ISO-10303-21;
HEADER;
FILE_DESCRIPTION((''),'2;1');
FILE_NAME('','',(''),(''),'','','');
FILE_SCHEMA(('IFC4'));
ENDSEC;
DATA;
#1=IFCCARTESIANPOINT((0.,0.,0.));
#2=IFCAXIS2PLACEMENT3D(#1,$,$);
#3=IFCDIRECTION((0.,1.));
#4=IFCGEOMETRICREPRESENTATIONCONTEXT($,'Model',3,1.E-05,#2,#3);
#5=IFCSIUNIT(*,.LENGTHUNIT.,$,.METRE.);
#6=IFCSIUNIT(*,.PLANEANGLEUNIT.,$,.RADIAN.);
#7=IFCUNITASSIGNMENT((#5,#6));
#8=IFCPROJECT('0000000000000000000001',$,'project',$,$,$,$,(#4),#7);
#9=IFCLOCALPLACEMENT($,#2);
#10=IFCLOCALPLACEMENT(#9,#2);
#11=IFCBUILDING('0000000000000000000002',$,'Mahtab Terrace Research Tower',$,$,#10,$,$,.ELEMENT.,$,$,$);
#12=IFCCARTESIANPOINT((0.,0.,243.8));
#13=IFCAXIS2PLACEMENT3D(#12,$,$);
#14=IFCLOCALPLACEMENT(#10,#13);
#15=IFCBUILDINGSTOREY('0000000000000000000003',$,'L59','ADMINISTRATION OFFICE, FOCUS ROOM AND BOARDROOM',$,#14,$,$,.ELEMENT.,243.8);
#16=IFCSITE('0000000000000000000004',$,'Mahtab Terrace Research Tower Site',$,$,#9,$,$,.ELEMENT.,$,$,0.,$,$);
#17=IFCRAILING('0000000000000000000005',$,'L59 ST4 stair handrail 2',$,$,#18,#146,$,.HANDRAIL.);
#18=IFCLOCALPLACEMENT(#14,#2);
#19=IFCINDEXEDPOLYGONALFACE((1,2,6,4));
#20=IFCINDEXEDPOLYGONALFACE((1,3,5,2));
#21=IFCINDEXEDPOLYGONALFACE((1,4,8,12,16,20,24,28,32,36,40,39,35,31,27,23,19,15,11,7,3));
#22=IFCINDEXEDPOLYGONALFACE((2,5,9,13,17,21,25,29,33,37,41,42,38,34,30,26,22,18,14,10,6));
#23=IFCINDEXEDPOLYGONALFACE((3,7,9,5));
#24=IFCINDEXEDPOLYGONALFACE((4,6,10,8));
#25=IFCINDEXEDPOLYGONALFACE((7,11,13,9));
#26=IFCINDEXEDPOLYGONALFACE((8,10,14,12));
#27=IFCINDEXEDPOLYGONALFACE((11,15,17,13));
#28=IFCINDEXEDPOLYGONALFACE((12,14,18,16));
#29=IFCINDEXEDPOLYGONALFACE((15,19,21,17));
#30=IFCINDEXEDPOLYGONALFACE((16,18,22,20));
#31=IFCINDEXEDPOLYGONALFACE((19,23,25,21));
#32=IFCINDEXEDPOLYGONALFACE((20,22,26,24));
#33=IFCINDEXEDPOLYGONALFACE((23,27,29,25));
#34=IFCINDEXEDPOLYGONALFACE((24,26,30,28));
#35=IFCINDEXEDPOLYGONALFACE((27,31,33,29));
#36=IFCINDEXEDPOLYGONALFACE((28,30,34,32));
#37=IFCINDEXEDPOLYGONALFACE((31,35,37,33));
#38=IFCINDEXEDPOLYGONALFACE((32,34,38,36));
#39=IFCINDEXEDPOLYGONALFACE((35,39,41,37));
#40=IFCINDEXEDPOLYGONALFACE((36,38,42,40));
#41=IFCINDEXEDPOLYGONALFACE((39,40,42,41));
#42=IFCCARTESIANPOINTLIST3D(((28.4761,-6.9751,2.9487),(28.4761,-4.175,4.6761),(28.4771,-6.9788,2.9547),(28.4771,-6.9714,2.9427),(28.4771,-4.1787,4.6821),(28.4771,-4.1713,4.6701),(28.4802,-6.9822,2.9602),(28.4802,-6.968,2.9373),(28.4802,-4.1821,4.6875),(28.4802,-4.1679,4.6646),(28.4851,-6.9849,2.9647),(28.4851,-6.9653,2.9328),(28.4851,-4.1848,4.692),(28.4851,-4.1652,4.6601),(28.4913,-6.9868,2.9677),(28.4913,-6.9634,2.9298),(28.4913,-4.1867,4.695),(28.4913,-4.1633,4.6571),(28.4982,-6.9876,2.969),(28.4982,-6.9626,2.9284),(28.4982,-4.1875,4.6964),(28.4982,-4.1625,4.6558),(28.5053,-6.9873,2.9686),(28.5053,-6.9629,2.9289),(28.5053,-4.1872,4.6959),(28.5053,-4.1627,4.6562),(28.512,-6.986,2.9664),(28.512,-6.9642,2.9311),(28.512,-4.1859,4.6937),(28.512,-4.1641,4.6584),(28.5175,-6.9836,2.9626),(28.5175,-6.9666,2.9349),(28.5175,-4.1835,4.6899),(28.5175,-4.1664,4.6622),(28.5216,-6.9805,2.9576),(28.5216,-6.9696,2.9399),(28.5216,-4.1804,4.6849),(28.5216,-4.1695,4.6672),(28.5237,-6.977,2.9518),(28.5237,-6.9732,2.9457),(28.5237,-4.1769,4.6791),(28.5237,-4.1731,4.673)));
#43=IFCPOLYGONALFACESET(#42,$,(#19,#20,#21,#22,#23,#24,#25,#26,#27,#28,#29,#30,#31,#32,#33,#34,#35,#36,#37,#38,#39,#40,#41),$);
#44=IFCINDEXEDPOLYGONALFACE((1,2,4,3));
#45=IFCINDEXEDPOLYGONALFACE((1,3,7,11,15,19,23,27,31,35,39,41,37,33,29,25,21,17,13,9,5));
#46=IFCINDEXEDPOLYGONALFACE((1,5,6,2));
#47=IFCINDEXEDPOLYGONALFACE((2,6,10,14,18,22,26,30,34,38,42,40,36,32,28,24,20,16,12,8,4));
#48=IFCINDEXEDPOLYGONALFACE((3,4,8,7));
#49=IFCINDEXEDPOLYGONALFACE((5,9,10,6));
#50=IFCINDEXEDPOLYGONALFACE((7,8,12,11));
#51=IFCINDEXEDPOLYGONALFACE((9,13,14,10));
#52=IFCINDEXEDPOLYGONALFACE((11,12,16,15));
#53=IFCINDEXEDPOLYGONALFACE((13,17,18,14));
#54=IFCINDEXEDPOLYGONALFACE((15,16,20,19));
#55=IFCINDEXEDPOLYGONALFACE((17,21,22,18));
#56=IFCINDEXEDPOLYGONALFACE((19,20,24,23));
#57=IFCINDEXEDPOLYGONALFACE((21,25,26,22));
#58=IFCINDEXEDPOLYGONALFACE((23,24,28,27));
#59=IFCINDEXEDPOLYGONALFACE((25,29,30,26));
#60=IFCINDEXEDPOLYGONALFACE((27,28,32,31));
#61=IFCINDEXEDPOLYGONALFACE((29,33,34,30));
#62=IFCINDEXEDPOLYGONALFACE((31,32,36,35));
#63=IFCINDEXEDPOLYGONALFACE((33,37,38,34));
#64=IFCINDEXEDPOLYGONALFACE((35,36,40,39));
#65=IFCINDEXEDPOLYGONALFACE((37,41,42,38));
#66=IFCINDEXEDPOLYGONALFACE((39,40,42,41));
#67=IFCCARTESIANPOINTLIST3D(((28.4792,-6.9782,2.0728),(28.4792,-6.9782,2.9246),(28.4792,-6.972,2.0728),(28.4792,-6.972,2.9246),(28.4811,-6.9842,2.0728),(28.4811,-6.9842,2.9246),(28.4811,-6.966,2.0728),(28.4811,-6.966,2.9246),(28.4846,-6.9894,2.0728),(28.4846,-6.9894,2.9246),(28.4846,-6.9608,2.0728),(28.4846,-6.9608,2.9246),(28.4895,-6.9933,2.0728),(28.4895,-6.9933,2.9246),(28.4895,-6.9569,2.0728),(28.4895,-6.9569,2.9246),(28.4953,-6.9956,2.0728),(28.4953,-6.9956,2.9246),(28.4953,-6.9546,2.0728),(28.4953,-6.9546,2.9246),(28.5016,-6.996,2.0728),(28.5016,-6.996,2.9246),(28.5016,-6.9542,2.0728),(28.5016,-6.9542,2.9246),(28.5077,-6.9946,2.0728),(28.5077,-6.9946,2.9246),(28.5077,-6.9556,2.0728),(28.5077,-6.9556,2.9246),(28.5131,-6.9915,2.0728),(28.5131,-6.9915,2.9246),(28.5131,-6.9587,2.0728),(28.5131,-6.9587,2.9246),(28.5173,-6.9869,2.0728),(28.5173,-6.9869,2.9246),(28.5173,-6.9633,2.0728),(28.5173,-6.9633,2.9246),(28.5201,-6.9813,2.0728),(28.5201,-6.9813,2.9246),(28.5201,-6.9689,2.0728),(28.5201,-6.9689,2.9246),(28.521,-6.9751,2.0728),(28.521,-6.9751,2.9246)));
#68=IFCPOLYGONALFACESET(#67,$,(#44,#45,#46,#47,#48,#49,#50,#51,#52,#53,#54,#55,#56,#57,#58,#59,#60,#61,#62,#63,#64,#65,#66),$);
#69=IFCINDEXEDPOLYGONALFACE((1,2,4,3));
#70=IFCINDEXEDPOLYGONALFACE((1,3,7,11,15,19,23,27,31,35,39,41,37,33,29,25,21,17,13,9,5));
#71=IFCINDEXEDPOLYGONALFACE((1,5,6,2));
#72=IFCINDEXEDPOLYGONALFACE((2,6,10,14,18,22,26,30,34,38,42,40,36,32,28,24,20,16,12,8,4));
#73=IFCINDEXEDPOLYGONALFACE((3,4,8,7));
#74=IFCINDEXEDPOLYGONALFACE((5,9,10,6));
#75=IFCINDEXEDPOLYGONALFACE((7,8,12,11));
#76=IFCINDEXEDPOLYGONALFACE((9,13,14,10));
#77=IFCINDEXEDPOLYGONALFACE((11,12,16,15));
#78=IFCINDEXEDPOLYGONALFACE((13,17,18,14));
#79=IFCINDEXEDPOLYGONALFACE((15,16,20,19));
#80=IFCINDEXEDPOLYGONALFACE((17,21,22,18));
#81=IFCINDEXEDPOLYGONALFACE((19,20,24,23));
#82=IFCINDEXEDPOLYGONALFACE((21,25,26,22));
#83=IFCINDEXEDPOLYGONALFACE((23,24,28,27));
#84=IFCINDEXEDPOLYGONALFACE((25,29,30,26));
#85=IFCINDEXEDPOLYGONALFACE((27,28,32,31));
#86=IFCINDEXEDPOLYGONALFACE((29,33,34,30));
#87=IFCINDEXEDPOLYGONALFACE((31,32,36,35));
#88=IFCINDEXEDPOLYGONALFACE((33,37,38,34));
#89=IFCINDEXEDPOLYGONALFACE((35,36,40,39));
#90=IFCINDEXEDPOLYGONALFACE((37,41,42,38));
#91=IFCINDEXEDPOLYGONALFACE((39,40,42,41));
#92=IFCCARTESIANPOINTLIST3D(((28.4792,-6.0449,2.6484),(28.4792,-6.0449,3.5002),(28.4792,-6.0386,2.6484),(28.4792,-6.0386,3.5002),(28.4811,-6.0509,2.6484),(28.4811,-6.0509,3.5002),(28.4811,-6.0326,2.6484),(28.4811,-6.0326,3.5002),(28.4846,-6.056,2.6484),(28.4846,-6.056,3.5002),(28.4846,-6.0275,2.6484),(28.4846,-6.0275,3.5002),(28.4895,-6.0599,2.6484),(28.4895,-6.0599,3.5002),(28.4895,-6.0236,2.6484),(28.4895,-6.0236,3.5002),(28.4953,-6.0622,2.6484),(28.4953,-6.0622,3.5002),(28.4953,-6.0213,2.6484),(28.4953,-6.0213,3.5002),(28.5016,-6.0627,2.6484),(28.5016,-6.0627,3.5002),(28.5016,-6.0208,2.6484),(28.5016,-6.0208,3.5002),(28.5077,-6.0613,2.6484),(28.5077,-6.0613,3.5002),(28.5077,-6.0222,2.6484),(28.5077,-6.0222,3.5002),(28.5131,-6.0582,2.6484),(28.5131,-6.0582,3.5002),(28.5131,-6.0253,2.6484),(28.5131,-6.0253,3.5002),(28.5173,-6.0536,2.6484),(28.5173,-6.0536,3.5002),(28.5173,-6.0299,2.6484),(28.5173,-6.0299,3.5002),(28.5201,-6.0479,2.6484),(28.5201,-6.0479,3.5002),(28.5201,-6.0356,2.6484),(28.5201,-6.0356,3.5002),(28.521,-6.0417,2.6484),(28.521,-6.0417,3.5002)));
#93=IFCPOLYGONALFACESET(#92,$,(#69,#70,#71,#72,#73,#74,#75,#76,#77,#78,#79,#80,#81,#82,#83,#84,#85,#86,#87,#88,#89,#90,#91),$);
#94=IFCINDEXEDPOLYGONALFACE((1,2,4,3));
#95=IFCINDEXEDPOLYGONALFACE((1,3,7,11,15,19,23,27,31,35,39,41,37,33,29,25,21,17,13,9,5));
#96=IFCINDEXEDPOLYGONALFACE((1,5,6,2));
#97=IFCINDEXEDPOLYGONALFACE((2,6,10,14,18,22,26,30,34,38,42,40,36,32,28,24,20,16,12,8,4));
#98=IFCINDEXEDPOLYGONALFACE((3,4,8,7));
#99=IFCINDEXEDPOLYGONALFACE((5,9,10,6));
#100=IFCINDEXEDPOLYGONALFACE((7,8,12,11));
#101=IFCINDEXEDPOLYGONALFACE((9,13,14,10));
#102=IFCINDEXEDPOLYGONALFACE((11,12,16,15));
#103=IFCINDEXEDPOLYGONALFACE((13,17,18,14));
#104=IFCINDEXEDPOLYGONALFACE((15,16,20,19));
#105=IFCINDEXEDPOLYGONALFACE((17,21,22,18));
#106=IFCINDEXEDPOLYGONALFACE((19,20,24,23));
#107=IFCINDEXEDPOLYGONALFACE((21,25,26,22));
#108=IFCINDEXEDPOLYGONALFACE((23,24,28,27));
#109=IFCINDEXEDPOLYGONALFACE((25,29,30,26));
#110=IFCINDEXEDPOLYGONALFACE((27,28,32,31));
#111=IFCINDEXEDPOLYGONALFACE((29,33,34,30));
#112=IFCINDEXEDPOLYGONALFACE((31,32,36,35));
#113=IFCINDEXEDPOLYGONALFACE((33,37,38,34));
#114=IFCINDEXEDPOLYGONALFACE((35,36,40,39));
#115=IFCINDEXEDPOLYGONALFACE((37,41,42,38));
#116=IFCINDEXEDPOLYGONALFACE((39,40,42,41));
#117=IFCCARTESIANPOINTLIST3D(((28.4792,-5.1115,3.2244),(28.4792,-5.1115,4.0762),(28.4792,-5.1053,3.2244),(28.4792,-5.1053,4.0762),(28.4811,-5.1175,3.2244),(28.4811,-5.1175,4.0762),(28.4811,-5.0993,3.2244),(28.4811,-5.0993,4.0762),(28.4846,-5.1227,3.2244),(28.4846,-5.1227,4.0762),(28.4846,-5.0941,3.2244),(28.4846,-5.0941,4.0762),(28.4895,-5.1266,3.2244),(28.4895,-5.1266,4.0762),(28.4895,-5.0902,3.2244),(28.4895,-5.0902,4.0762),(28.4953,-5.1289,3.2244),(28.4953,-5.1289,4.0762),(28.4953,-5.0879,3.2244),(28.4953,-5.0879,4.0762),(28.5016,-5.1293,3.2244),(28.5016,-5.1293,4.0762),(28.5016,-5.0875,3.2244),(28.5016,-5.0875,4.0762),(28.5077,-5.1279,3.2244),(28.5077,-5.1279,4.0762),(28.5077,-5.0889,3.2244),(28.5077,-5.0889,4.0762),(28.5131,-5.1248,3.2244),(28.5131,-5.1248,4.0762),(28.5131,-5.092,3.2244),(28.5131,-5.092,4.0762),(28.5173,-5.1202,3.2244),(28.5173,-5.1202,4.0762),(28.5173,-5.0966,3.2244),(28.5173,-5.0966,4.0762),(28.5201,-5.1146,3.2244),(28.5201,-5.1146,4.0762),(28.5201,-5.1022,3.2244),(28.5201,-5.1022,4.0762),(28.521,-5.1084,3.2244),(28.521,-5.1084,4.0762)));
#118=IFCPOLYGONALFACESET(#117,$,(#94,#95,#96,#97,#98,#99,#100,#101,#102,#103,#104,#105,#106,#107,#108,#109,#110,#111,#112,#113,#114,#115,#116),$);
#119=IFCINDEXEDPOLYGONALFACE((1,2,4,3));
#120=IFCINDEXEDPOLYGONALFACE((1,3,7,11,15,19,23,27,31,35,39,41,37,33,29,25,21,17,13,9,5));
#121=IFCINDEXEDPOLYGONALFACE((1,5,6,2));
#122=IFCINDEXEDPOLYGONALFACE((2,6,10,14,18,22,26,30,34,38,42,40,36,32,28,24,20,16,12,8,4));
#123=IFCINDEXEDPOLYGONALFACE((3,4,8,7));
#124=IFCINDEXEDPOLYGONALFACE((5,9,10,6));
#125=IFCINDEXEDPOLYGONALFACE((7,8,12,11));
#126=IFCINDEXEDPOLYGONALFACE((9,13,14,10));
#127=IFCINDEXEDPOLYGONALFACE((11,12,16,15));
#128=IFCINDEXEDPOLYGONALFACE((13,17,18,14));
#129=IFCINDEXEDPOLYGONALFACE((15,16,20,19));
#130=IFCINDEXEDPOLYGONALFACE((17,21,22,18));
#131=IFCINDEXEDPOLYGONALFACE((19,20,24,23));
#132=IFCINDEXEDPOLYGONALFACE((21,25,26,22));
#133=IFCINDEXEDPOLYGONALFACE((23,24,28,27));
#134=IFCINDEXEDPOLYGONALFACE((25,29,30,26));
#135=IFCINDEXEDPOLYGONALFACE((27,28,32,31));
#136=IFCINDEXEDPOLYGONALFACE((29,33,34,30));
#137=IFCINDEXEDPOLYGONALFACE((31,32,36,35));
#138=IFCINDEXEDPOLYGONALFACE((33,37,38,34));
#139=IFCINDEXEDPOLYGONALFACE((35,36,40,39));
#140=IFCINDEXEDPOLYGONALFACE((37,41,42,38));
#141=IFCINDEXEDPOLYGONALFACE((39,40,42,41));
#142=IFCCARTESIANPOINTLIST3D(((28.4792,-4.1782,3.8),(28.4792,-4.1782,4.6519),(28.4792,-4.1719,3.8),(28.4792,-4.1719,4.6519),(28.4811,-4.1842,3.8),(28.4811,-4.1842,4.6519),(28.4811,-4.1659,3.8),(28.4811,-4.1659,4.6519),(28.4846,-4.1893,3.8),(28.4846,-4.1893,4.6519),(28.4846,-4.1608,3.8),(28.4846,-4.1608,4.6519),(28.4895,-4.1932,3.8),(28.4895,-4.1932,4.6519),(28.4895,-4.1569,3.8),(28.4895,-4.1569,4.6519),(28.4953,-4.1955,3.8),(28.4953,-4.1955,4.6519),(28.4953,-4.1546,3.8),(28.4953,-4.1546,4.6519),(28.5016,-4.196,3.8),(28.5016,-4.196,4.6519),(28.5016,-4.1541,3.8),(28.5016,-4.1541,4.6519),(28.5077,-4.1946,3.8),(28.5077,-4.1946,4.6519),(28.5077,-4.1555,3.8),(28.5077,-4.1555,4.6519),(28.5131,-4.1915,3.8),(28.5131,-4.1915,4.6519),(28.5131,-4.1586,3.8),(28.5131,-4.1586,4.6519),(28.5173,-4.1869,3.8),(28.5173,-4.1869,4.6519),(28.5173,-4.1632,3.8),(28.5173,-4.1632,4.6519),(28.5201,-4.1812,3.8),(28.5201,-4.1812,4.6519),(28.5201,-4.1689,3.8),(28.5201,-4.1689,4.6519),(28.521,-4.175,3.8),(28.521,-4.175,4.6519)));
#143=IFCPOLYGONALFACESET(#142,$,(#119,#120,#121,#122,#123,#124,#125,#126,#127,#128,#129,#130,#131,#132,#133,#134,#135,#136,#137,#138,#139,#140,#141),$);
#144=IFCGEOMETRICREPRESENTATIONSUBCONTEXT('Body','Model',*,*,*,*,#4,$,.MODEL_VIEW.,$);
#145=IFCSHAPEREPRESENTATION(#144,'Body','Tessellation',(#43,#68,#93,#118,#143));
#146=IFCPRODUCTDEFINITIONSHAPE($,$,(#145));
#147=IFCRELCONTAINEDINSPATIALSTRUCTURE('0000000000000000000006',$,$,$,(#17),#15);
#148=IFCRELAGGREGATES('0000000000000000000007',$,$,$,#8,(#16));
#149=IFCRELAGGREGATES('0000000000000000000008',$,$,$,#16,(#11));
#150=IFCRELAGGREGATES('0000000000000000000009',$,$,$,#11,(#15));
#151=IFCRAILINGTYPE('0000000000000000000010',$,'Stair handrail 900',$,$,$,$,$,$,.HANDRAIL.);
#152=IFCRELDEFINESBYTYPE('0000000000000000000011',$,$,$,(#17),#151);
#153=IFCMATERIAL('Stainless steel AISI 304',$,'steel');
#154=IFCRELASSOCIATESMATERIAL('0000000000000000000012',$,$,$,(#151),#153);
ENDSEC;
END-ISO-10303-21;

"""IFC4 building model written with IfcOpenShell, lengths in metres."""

from ifc_helpers import new_model, si_unit, direction, frame, origin, origin_2d, place, context, subcontext, project, spatial, circle, extrude, material, type_object, element, save


model = new_model("IFC4")

# Units and contexts
model_context = context("Model", 3, precision=1e-05, world=origin(), true_north=direction((0.0, 1.0)))
body_context = subcontext(model_context, "Body", "Model", "MODEL_VIEW")
ifc_project = project(units=[si_unit("LENGTHUNIT", "METRE"), si_unit("PLANEANGLEUNIT", "RADIAN")], contexts=[model_context])

# Site, building, storey
site_placement = place(None, origin())
site = spatial("IfcSite", under=ifc_project, at=site_placement, Name="Mahtab Terrace Research Tower Site", CompositionType="ELEMENT", RefElevation=0.0)
building_placement = place(site_placement, origin())
building = spatial("IfcBuilding", under=site, at=building_placement, Name="Mahtab Terrace Research Tower", CompositionType="ELEMENT")
storey_placement = place(building_placement, frame((0.0, 0.0, 243.8)))
storey = spatial("IfcBuildingStorey", under=building, at=storey_placement, Name="L59", Description="ADMINISTRATION OFFICE, FOCUS ROOM AND BOARDROOM", CompositionType="ELEMENT", Elevation=243.8)

# Railing
ifc_material_1 = material(Name="Stainless steel AISI 304", Category="steel")
railing_type_1 = type_object("IfcRailingType", Name="Stair handrail 900", PredefinedType="HANDRAIL", material=ifc_material_1)
railing_1_placement = place(storey_placement, frame((28.5, -6.9751, 2.0728)))
element("IfcRailing", 1, at=railing_1_placement, inside=storey, type_object=railing_type_1, Name="L59 ST4 stair handrail 2", PredefinedType="HANDRAIL", context=body_context, shape_type="SweptSolid", body=[
    extrude(circle(Radius=0.0239, at=origin_2d()), frame((0.0, 0.0, 0.876), z_axis=(0.0, 0.85109, 0.52502), x_axis=(-1.0, 0.0, 0.0)), (0.0, 0.0, 1.0), 3.29),
    extrude(circle(Radius=0.021, at=origin_2d()), origin(), (0.0, 0.0, 1.0), 0.8518),
    extrude(circle(Radius=0.021, at=origin_2d()), frame((0.0, 0.9333, 0.5757)), (0.0, 0.0, 1.0), 0.8518),
    extrude(circle(Radius=0.021, at=origin_2d()), frame((0.0, 1.8667, 1.1516)), (0.0, 0.0, 1.0), 0.8518),
    extrude(circle(Radius=0.021, at=origin_2d()), frame((0.0, 2.8, 1.7273)), (0.0, 0.0, 1.0), 0.8518),
])

save(model, "model.ifc")
